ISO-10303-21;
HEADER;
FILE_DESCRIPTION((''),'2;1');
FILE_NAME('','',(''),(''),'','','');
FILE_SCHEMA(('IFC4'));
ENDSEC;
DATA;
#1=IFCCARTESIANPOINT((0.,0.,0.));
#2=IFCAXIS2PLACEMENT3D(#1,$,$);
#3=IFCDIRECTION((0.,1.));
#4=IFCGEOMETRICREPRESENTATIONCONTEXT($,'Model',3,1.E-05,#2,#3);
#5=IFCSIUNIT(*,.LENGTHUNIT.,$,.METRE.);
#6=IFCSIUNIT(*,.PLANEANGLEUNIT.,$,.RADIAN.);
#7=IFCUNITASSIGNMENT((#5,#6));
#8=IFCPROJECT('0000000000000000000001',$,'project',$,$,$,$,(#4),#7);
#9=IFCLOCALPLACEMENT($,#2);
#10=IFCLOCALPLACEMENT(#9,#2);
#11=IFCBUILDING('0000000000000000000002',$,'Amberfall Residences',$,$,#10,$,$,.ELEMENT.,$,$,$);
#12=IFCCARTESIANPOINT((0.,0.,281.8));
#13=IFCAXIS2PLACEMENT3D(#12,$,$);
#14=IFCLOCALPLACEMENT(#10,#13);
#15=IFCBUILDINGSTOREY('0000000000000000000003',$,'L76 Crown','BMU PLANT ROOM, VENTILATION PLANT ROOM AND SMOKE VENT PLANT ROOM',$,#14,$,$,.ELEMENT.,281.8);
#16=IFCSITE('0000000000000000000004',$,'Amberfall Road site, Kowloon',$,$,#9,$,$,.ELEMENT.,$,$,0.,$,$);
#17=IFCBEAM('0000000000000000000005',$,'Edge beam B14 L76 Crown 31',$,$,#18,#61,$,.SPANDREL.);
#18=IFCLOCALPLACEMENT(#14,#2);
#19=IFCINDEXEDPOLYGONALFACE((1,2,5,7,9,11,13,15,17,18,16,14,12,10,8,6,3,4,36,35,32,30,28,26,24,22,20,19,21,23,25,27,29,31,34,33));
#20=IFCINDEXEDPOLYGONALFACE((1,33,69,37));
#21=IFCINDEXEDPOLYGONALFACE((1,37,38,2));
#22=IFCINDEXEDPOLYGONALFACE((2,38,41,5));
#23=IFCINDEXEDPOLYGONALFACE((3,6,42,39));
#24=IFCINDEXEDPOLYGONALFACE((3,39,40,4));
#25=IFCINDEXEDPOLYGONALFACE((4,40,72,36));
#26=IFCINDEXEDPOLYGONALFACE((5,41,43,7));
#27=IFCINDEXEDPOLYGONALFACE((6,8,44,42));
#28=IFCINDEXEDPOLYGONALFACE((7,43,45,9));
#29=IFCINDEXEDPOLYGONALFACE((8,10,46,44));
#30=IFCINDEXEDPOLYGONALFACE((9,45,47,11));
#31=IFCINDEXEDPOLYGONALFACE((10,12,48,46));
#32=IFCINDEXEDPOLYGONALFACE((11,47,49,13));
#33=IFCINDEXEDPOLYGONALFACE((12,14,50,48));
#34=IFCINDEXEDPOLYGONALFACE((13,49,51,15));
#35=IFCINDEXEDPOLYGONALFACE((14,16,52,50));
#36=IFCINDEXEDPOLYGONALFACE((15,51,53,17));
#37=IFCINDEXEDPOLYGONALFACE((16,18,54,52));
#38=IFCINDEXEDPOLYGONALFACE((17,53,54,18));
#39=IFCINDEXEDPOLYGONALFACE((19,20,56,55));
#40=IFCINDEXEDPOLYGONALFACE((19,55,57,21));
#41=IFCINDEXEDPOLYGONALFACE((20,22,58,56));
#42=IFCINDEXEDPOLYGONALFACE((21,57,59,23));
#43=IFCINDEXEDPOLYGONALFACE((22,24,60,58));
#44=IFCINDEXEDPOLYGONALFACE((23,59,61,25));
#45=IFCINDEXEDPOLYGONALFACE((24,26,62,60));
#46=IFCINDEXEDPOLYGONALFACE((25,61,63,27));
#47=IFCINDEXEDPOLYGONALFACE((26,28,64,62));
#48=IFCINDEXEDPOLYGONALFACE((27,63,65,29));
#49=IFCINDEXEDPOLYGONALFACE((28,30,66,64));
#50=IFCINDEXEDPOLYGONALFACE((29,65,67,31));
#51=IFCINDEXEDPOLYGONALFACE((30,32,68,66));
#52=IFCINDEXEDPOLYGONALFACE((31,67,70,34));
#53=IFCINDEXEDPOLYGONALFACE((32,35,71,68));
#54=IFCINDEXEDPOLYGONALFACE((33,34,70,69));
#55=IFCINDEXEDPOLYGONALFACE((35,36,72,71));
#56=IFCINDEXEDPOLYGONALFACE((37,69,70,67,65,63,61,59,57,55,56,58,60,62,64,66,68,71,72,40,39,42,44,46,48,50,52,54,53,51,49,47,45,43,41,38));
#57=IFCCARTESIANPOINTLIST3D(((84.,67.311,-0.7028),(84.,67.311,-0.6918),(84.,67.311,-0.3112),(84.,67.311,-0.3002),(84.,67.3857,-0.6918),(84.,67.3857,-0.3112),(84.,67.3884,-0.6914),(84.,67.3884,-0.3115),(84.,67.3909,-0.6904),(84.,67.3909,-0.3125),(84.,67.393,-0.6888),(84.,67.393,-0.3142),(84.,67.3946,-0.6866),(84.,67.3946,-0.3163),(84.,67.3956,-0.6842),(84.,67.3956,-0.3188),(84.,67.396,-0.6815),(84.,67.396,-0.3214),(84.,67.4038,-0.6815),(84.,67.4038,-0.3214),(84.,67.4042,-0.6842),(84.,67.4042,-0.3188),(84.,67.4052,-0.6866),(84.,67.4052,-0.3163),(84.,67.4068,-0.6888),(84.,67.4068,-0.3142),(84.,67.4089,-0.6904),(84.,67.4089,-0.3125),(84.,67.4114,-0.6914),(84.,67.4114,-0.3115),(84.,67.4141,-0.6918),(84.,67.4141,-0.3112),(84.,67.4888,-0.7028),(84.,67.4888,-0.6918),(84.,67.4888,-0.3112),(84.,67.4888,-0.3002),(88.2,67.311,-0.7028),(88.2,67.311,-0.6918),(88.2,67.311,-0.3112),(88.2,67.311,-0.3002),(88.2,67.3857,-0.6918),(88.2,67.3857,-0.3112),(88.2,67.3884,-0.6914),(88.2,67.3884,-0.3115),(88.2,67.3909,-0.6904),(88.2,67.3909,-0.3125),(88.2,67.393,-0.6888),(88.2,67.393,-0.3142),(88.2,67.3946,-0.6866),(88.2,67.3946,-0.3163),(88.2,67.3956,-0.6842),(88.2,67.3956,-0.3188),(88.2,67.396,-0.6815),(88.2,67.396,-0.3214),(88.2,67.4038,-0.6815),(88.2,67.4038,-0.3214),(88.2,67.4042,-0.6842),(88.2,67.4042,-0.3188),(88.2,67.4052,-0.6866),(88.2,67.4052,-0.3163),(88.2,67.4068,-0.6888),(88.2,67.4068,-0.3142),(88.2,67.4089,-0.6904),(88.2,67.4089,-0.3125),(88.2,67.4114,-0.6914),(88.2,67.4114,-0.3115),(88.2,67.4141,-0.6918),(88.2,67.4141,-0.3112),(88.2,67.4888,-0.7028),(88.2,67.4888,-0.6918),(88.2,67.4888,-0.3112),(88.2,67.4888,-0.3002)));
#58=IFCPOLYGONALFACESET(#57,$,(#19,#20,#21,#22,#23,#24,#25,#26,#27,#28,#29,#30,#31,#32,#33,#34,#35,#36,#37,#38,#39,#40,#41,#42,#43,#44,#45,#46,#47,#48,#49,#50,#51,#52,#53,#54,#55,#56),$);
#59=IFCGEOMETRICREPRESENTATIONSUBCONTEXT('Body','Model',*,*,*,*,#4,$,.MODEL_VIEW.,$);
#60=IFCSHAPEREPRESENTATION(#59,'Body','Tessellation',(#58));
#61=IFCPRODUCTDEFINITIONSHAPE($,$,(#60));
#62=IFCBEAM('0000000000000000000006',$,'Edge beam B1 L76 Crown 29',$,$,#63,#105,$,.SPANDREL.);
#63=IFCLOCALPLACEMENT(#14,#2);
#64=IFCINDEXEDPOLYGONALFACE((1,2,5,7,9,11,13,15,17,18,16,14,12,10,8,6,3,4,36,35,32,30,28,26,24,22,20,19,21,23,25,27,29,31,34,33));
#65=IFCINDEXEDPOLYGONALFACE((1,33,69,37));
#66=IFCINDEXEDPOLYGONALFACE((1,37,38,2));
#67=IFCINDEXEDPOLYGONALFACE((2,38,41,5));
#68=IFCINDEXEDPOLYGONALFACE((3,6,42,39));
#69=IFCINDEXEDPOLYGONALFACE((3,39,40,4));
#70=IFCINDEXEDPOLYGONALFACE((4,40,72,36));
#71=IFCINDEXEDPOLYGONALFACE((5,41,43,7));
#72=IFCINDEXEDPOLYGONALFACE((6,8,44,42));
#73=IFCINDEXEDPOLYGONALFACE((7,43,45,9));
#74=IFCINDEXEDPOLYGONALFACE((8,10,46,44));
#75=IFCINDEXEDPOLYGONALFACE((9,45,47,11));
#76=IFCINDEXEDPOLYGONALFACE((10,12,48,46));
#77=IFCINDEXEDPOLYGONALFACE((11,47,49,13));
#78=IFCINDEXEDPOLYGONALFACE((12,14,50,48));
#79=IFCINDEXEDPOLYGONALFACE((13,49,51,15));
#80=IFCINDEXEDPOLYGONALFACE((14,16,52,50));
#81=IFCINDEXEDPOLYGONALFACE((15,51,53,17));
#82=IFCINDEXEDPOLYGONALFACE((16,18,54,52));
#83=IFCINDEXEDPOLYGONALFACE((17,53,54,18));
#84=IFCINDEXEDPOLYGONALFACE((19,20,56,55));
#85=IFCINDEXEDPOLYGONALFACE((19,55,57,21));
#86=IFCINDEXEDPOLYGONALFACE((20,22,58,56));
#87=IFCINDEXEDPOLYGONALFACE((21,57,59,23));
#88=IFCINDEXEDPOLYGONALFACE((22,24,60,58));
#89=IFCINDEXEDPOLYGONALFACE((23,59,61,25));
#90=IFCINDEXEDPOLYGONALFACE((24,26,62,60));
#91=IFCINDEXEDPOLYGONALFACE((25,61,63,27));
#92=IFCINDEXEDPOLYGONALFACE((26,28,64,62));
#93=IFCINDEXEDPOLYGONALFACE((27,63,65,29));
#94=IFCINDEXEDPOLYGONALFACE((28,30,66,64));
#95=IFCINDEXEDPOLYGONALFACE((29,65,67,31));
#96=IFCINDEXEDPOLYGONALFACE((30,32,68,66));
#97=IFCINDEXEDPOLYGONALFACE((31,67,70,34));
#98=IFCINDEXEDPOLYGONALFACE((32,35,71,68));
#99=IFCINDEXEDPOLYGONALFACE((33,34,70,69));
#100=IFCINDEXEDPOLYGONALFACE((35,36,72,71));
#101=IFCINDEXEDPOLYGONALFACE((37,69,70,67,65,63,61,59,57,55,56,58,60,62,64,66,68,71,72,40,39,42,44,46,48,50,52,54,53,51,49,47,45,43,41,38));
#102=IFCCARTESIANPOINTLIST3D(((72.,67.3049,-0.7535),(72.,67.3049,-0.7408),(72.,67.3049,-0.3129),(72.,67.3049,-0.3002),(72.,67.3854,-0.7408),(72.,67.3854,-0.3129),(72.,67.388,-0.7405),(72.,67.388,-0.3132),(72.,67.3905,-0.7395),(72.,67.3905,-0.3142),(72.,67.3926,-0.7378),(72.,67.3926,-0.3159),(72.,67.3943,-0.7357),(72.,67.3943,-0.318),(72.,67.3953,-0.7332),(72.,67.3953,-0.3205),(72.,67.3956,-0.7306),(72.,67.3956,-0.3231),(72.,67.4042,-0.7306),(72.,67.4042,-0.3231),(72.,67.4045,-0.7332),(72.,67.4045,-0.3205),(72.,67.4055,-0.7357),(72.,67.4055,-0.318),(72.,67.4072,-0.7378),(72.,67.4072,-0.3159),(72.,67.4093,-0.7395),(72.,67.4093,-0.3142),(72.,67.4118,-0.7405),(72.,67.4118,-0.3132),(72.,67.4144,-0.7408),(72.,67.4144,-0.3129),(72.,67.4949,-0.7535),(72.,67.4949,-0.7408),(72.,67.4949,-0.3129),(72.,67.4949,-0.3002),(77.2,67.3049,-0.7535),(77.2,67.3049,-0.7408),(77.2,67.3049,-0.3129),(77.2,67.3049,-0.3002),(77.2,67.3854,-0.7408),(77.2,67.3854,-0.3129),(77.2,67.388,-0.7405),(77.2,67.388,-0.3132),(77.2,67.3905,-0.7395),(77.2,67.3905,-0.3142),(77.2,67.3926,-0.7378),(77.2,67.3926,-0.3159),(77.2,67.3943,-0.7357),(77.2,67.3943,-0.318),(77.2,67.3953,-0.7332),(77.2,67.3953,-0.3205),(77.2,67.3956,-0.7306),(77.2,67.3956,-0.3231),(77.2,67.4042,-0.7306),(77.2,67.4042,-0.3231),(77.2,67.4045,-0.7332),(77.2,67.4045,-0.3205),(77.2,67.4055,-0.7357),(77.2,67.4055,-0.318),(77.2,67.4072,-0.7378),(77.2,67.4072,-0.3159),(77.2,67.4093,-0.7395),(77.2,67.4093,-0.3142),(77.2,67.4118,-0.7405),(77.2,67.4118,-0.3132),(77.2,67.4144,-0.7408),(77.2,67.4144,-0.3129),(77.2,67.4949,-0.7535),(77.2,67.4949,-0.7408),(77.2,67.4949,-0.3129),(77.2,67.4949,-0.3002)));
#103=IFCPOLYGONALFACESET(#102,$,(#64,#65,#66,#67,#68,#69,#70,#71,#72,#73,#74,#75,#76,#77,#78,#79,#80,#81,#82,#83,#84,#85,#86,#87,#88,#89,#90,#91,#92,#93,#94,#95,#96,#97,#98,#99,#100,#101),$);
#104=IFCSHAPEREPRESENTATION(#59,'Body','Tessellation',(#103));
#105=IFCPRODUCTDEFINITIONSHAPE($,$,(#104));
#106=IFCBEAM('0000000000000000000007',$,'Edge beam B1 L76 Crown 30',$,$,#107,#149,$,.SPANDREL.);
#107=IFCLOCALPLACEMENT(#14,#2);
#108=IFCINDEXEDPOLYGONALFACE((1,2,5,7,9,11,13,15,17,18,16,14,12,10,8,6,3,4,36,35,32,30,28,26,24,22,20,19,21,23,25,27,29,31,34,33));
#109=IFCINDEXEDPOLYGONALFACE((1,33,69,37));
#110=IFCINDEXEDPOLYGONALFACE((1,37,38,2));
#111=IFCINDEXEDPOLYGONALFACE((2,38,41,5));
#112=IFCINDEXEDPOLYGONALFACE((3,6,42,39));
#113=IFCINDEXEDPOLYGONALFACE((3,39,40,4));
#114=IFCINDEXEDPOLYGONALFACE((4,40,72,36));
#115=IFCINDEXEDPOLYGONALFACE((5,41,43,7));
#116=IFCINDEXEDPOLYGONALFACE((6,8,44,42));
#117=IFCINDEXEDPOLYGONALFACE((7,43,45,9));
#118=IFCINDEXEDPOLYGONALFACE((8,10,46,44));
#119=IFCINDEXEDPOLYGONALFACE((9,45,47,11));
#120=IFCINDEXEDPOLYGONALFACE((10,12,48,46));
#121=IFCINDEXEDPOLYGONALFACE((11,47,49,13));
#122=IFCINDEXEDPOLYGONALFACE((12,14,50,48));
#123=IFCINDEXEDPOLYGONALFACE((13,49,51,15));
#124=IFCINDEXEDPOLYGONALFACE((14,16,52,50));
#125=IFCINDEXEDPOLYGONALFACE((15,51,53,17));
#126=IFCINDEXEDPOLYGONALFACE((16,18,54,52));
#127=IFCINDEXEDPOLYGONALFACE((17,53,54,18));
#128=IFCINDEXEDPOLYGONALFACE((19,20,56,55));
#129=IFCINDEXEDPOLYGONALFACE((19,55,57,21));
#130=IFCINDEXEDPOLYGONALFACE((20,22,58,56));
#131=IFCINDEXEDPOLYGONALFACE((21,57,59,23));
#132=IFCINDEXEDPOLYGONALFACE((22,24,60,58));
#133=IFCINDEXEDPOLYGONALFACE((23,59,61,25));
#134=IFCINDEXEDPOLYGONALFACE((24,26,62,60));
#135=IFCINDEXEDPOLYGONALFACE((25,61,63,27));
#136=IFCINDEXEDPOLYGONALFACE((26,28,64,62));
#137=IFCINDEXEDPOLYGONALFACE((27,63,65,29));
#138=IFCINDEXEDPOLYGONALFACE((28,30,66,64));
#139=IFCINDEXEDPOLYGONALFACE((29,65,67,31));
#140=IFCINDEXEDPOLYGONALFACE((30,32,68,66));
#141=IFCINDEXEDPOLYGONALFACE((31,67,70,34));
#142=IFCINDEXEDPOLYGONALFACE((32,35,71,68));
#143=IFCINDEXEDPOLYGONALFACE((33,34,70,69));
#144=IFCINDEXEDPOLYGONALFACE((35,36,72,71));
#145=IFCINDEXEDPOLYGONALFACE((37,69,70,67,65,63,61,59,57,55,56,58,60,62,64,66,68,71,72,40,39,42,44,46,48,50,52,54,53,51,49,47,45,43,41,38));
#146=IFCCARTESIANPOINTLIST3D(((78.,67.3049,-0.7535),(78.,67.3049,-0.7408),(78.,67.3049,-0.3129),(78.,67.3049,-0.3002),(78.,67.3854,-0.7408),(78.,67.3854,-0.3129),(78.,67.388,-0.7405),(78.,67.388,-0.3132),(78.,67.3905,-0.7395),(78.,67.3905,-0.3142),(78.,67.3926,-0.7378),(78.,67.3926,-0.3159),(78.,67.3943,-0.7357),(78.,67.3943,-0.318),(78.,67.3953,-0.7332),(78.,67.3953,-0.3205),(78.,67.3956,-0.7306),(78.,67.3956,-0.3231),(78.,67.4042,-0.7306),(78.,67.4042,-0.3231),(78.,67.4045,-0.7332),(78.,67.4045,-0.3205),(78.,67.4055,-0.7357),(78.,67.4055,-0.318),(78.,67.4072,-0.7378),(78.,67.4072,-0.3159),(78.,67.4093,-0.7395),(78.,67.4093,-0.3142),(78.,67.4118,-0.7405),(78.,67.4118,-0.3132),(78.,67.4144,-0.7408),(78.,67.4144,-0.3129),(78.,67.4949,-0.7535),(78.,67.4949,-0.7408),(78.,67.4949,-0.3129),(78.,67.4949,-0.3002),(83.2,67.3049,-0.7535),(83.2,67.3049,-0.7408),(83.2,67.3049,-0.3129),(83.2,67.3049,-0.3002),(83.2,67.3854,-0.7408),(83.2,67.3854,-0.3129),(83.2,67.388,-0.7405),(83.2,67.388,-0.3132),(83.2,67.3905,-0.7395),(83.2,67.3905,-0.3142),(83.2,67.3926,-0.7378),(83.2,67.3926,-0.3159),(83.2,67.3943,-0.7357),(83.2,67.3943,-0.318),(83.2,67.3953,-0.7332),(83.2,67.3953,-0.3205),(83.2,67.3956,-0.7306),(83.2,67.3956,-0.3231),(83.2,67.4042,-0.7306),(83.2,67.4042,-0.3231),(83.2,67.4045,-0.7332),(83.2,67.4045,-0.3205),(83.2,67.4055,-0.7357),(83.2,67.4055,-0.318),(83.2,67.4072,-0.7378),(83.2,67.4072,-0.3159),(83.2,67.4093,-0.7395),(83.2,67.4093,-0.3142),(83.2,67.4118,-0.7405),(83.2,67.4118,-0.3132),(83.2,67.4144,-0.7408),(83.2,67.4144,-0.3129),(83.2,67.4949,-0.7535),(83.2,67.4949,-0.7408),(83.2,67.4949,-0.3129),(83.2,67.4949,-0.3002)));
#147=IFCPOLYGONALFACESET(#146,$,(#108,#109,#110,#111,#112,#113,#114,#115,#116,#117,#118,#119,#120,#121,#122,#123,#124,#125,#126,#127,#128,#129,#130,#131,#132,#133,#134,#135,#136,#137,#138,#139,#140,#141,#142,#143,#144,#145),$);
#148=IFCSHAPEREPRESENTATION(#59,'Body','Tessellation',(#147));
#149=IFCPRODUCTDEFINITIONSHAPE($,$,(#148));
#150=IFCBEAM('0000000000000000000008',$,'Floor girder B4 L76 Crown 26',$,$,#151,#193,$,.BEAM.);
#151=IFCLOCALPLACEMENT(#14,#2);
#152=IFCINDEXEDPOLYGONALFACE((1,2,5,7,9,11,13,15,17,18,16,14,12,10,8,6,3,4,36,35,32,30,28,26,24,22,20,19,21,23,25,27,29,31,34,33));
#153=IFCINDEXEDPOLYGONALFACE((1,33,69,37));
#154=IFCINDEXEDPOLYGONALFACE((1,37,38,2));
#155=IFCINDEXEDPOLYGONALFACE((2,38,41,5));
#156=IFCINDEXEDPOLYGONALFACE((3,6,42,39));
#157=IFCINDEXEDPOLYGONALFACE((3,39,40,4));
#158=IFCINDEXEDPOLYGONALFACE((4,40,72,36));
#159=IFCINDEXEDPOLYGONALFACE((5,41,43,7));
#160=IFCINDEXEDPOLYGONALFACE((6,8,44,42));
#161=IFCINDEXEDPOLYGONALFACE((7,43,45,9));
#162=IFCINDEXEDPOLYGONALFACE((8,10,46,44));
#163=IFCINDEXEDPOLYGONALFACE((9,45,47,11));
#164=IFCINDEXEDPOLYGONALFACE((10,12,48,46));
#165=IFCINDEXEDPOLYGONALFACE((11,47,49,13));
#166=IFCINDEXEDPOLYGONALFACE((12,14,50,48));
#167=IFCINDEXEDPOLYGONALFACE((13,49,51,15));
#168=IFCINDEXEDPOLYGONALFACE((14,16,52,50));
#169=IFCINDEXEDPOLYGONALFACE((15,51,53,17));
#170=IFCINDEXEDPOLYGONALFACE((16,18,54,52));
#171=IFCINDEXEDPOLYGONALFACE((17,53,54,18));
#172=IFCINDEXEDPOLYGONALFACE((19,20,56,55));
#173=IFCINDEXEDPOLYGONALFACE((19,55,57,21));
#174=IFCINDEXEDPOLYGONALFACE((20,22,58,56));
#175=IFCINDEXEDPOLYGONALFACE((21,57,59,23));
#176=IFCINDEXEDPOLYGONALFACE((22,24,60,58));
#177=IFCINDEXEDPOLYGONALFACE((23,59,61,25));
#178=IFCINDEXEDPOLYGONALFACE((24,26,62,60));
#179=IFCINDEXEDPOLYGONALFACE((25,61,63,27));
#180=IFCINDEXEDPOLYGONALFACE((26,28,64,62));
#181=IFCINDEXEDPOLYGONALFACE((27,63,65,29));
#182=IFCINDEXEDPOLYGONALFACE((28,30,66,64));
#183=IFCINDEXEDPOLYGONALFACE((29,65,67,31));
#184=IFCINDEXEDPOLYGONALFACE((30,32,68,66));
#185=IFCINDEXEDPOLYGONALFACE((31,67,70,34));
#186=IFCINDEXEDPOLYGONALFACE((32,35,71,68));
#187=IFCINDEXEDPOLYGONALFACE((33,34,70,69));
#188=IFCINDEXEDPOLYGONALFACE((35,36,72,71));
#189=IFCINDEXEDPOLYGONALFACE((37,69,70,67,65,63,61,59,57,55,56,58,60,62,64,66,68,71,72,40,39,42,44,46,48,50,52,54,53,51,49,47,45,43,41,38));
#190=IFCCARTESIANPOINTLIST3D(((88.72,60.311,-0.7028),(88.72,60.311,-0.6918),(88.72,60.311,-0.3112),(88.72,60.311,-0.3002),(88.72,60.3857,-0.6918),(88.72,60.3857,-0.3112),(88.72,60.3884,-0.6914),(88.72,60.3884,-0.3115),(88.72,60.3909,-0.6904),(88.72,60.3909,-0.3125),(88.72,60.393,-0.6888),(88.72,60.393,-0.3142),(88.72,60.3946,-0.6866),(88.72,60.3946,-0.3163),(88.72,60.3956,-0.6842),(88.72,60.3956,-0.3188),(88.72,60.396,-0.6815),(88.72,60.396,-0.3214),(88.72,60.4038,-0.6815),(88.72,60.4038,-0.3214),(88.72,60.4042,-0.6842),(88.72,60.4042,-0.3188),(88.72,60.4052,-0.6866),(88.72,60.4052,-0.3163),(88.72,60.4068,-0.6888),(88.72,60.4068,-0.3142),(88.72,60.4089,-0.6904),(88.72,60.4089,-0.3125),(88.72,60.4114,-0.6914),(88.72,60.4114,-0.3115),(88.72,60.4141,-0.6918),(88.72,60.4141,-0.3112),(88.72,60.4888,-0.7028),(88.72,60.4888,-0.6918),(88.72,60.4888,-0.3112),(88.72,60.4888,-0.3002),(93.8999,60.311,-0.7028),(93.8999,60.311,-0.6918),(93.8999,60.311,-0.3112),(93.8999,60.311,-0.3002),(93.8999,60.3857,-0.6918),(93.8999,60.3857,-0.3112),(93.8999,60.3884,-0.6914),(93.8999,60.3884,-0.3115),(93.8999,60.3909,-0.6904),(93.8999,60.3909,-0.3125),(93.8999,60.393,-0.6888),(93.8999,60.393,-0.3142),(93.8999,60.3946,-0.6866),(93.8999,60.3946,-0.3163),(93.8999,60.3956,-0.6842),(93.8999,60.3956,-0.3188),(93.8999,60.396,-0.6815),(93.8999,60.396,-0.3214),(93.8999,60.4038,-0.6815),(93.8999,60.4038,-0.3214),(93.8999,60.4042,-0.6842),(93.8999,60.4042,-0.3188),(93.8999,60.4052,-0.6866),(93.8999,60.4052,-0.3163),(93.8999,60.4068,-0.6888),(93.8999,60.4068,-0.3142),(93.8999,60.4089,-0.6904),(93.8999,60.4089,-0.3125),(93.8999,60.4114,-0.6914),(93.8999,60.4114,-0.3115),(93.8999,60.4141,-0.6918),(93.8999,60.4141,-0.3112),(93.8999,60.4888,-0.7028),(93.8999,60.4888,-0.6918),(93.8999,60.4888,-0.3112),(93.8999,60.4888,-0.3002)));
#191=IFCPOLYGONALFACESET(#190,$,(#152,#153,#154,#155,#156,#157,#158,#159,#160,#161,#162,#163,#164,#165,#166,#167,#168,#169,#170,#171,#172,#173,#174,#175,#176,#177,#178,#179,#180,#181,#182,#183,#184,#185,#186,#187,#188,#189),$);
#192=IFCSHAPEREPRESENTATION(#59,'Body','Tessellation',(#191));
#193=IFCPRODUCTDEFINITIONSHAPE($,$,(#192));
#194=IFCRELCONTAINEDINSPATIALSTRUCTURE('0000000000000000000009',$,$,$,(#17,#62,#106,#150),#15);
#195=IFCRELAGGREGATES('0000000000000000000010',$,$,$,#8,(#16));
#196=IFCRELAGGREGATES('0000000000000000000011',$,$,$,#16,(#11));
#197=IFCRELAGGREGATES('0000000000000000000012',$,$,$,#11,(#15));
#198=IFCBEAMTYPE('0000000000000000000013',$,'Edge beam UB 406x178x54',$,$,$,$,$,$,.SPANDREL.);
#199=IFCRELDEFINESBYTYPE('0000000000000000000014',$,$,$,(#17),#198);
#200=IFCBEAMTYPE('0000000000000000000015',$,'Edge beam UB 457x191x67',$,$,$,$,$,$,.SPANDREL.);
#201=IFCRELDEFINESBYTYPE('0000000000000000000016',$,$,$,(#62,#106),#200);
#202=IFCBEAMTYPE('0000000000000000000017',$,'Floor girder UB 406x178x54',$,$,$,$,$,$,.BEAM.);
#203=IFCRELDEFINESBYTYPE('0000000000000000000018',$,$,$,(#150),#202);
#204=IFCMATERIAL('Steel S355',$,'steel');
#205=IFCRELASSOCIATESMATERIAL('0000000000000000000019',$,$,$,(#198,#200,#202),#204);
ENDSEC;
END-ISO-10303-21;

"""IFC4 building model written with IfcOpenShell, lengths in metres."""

from ifc_helpers import new_model, si_unit, direction, frame, origin, origin_2d, place, context, subcontext, project, spatial, i_section, extrude, material, material_profile, profile_set, type_object, element, save


model = new_model("IFC4")

# Units and contexts
model_context = context("Model", 3, precision=1e-05, world=origin(), true_north=direction((0.0, 1.0)))
body_context = subcontext(model_context, "Body", "Model", "MODEL_VIEW")
ifc_project = project(units=[si_unit("LENGTHUNIT", "METRE"), si_unit("PLANEANGLEUNIT", "RADIAN")], contexts=[model_context])

# Site, building, storey
site_placement = place(None, origin())
site = spatial("IfcSite", under=ifc_project, at=site_placement, Name="Amberfall Road site, Kowloon", CompositionType="ELEMENT", RefElevation=0.0)
building_placement = place(site_placement, origin())
building = spatial("IfcBuilding", under=site, at=building_placement, Name="Amberfall Residences", CompositionType="ELEMENT")
storey_placement = place(building_placement, frame((0.0, 0.0, 281.8)))
storey = spatial("IfcBuildingStorey", under=building, at=storey_placement, Name="L76 Crown", Description="BMU PLANT ROOM, VENTILATION PLANT ROOM AND SMOKE VENT PLANT ROOM", CompositionType="ELEMENT", Elevation=281.8)

# Beams
ifc_material_1 = material(Name="Steel S355", Category="steel")
ifc_material_profile_1 = material_profile(ifc_material_1, i_section(OverallWidth=0.1777, OverallDepth=0.4026, WebThickness=0.0078, FlangeThickness=0.011, FilletRadius=0.0103, at=origin_2d()), Name="UB 406x178x54")
ifc_profile_set_1 = profile_set([ifc_material_profile_1], Name="Steel S355")
beam_type_1 = type_object("IfcBeamType", Name="Edge beam UB 406x178x54", PredefinedType="SPANDREL", material=ifc_profile_set_1)
beam_1_placement = place(storey_placement, frame((84.0, 67.3999, -0.5015), z_axis=(1.0, 0.0, 0.0), x_axis=(0.0, 1.0, 0.0)))
element("IfcBeam", 1, at=beam_1_placement, inside=storey, type_object=beam_type_1, Name="Edge beam B14 L76 Crown 31", PredefinedType="SPANDREL", context=body_context, shape_type="SweptSolid", body=[
    extrude(i_section(OverallWidth=0.1777, OverallDepth=0.4026, WebThickness=0.0078, FlangeThickness=0.011, FilletRadius=0.0103, at=origin_2d()), origin(), (0.0, 0.0, 1.0), 4.2),
])
ifc_material_profile_2 = material_profile(ifc_material_1, i_section(OverallWidth=0.1899, OverallDepth=0.4534, WebThickness=0.0085, FlangeThickness=0.0127, FilletRadius=0.0103, at=origin_2d()), Name="UB 457x191x67")
ifc_profile_set_2 = profile_set([ifc_material_profile_2], Name="Steel S355")
beam_type_2 = type_object("IfcBeamType", Name="Edge beam UB 457x191x67", PredefinedType="SPANDREL", material=ifc_profile_set_2)
for number, where, z_axis, x_axis, name in (
    (2, (72.0, 67.3999, -0.5269), (1.0, 0.0, 0.0), (0.0, 1.0, 0.0), "Edge beam B1 L76 Crown 29"),
    (3, (78.0, 67.3999, -0.5269), (1.0, 0.0, 0.0), (0.0, 1.0, 0.0), "Edge beam B1 L76 Crown 30"),
):
    element("IfcBeam", number, at=place(storey_placement, frame(where, z_axis=z_axis, x_axis=x_axis)), inside=storey, type_object=beam_type_2, Name=name, PredefinedType="SPANDREL", context=body_context, shape_type="SweptSolid", body=[
        extrude(i_section(OverallWidth=0.1899, OverallDepth=0.4534, WebThickness=0.0085, FlangeThickness=0.0127, FilletRadius=0.0103, at=origin_2d()), origin(), (0.0, 0.0, 1.0), 5.2),
    ])
ifc_material_profile_3 = material_profile(ifc_material_1, i_section(OverallWidth=0.1777, OverallDepth=0.4026, WebThickness=0.0078, FlangeThickness=0.011, FilletRadius=0.0103, at=origin_2d()), Name="UB 406x178x54")
ifc_profile_set_3 = profile_set([ifc_material_profile_3], Name="Steel S355")
beam_type_3 = type_object("IfcBeamType", Name="Floor girder UB 406x178x54", PredefinedType="BEAM", material=ifc_profile_set_3)
beam_2_placement = place(storey_placement, frame((93.8999, 60.3999, -0.5015), z_axis=(-1.0, 0.0, 0.0), x_axis=(0.0, -1.0, 0.0)))
element("IfcBeam", 4, at=beam_2_placement, inside=storey, type_object=beam_type_3, Name="Floor girder B4 L76 Crown 26", PredefinedType="BEAM", context=body_context, shape_type="SweptSolid", body=[
    extrude(i_section(OverallWidth=0.1777, OverallDepth=0.4026, WebThickness=0.0078, FlangeThickness=0.011, FilletRadius=0.0103, at=origin_2d()), origin(), (0.0, 0.0, 1.0), 5.1799),
])

save(model, "model.ifc")
